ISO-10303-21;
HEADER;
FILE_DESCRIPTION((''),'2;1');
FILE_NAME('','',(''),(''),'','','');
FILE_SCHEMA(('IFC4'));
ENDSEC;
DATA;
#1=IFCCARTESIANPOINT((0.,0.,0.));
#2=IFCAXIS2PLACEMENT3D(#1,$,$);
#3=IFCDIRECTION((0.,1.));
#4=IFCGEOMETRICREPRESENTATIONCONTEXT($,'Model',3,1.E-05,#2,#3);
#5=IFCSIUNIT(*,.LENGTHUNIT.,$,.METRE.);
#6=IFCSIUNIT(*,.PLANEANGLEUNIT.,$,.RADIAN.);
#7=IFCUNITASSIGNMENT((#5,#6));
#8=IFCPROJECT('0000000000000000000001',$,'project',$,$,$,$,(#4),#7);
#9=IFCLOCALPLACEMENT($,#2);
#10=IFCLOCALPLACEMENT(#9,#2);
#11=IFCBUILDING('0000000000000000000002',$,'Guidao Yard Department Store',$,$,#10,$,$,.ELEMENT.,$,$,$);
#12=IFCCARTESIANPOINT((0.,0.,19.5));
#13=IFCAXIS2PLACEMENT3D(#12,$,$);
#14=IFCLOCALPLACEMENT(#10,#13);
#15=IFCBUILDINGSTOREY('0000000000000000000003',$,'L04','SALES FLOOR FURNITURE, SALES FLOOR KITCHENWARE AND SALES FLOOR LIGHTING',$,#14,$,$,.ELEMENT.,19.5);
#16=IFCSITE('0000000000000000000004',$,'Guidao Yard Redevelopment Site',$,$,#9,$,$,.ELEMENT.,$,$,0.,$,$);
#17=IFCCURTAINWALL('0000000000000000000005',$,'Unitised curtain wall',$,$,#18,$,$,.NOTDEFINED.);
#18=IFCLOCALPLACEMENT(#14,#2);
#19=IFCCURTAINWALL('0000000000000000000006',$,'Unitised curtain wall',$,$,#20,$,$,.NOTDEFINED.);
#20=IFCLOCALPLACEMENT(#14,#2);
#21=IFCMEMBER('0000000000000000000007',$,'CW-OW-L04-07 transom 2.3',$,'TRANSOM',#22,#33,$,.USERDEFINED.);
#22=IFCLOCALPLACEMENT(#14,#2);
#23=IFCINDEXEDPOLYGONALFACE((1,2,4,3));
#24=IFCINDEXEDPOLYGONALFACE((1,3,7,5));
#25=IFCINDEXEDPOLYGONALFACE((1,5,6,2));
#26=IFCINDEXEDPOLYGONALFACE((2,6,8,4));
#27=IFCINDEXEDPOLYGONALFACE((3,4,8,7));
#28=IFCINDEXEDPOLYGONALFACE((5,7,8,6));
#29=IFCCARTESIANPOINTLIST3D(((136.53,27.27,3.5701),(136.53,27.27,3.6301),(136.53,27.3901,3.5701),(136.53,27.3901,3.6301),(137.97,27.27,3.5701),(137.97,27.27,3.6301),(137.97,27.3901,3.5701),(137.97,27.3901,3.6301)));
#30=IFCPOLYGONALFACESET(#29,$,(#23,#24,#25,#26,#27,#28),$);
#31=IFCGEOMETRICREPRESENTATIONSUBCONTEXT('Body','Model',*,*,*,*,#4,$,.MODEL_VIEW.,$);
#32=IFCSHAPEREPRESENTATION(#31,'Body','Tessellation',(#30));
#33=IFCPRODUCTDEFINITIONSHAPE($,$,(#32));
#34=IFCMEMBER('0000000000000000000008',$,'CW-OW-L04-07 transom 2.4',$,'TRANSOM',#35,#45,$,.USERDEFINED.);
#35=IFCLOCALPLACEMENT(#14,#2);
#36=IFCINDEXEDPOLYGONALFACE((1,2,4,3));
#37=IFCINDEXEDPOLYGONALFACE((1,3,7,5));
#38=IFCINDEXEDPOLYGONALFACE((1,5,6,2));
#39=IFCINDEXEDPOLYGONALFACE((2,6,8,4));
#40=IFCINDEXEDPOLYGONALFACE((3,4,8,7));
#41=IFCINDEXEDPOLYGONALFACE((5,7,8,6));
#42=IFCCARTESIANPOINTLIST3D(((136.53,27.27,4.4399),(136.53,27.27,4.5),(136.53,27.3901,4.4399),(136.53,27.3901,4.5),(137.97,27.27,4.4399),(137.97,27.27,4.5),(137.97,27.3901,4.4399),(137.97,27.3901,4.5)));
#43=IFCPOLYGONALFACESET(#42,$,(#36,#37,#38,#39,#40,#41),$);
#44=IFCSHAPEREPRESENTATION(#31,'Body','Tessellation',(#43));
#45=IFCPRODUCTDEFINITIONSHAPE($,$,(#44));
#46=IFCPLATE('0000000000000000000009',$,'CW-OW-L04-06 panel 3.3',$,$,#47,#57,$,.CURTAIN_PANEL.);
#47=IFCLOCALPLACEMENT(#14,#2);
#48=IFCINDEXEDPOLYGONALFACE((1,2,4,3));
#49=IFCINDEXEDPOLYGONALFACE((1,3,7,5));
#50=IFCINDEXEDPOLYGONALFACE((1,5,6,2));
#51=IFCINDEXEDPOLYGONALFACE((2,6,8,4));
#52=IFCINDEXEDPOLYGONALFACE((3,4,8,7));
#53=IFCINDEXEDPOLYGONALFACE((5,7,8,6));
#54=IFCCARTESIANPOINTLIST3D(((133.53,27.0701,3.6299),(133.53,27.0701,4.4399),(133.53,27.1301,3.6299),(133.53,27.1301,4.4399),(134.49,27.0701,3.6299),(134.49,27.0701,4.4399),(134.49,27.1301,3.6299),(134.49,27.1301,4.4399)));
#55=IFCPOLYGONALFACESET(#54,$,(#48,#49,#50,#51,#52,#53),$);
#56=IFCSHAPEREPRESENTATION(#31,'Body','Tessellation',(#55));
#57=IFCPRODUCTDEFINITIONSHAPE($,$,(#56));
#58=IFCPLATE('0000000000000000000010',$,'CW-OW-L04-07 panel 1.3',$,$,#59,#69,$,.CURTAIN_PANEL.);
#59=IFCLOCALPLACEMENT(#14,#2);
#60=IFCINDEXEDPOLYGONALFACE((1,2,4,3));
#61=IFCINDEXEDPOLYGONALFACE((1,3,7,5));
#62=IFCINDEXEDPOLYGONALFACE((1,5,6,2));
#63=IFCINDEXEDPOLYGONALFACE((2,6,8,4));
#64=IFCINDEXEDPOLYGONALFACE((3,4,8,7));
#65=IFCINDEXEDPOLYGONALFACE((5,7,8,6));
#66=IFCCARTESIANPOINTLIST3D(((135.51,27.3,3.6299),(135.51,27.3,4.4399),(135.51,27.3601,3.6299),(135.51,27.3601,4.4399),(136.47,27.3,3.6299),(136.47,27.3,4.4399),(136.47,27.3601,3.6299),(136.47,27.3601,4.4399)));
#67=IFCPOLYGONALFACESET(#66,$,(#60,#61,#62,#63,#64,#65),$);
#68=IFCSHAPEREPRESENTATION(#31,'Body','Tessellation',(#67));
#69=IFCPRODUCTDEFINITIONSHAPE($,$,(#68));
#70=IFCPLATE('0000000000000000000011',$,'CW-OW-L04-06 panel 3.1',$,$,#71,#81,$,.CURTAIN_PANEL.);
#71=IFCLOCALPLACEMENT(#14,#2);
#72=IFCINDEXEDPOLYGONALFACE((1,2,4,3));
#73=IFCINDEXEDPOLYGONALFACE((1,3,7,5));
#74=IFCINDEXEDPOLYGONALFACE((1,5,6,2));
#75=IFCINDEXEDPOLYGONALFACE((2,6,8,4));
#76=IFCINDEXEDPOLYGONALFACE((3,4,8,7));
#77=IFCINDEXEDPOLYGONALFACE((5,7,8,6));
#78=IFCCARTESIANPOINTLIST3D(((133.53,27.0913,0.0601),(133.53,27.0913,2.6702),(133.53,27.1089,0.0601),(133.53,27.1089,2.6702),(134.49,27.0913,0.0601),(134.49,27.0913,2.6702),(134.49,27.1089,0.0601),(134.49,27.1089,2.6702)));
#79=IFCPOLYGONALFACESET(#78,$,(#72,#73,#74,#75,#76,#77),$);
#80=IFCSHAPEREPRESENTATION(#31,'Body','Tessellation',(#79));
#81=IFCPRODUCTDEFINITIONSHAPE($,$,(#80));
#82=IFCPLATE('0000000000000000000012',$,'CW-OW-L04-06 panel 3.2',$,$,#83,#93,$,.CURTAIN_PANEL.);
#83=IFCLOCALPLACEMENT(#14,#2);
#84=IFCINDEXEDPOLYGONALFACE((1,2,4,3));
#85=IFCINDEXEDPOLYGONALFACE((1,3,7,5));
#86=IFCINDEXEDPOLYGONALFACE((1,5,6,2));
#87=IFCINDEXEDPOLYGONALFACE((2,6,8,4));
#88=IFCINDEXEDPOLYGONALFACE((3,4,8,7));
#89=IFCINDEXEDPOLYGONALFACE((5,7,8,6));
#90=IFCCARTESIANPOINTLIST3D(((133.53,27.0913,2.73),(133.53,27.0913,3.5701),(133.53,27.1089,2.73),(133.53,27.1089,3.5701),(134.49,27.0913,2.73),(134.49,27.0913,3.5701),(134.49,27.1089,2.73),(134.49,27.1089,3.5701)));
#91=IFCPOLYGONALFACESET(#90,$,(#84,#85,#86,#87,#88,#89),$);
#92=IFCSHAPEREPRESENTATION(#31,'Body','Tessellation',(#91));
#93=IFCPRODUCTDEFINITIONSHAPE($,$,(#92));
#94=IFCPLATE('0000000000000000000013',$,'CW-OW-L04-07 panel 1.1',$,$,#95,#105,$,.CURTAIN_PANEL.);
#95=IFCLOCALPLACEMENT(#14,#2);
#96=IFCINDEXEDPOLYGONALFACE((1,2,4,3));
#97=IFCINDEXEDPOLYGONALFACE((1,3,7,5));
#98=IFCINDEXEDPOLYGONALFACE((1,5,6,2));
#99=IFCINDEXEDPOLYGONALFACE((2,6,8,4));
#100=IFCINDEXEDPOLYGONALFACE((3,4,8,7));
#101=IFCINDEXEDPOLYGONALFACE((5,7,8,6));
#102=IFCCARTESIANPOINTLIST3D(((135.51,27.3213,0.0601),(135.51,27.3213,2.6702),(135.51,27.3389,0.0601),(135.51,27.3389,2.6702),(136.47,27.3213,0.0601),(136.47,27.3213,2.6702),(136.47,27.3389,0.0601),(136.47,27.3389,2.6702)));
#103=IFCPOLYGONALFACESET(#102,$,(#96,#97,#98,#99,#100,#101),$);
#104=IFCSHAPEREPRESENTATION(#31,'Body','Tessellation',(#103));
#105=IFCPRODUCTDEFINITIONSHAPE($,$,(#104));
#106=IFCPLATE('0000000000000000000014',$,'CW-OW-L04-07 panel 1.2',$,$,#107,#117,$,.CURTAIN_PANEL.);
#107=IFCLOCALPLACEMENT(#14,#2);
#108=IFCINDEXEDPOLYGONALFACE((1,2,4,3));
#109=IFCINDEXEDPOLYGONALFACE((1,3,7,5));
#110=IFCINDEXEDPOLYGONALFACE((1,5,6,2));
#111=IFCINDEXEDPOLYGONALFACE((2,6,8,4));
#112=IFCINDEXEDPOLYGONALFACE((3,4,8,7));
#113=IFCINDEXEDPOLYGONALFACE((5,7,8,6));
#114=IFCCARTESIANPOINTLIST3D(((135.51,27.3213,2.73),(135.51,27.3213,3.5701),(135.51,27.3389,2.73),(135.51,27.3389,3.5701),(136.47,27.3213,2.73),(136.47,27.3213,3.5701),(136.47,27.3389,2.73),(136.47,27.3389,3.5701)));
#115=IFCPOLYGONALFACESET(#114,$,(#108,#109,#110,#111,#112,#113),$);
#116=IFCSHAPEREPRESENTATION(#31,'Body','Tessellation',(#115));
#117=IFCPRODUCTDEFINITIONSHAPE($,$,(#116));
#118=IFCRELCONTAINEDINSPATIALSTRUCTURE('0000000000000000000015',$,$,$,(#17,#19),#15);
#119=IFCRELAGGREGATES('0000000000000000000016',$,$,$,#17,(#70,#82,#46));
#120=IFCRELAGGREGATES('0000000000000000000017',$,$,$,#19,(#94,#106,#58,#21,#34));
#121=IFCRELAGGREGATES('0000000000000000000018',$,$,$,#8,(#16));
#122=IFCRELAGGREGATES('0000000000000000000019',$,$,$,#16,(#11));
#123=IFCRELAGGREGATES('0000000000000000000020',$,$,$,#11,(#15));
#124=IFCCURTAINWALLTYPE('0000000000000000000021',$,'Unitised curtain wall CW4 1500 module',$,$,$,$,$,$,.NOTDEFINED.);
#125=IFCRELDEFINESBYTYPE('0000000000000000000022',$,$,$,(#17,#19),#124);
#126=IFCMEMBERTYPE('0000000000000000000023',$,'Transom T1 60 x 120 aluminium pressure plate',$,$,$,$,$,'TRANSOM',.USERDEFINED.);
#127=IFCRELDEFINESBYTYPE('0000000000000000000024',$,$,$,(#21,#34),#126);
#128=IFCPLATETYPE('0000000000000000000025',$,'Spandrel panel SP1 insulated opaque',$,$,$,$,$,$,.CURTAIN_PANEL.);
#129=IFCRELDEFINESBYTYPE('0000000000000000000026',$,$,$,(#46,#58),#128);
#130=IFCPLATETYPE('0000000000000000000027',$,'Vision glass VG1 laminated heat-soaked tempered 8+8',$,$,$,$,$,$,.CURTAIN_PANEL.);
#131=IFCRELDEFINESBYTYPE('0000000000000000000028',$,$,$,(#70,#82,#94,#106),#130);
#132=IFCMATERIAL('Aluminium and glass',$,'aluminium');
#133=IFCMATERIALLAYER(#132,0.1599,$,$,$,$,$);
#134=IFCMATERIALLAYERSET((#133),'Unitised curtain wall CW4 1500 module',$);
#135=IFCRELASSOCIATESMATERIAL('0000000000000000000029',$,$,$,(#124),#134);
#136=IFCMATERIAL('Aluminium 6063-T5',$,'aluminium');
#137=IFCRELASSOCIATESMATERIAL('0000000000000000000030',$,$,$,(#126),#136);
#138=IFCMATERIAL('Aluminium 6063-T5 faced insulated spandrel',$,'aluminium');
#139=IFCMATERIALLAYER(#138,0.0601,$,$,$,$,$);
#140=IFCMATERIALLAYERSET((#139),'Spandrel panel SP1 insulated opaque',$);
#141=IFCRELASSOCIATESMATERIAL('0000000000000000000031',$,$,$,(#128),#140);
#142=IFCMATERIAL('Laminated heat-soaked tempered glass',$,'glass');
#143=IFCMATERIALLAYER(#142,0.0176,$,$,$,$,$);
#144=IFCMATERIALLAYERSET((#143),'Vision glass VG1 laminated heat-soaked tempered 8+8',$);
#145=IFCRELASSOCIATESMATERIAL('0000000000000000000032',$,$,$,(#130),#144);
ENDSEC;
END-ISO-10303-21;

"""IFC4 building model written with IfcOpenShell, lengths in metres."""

from ifc_helpers import new_model, si_unit, direction, frame, origin, origin_2d, place, context, subcontext, project, spatial, rectangle, extrude, material, layer, layer_set, material_profile, profile_set, type_object, element, aggregate, save


model = new_model("IFC4")

# Units and contexts
model_context = context("Model", 3, precision=1e-05, world=origin(), true_north=direction((0.0, 1.0)))
body_context = subcontext(model_context, "Body", "Model", "MODEL_VIEW")
ifc_project = project(units=[si_unit("LENGTHUNIT", "METRE"), si_unit("PLANEANGLEUNIT", "RADIAN")], contexts=[model_context])

# Site, building, storey
site_placement = place(None, origin())
site = spatial("IfcSite", under=ifc_project, at=site_placement, Name="Guidao Yard Redevelopment Site", CompositionType="ELEMENT", RefElevation=0.0)
building_placement = place(site_placement, origin())
building = spatial("IfcBuilding", under=site, at=building_placement, Name="Guidao Yard Department Store", CompositionType="ELEMENT")
storey_placement = place(building_placement, frame((0.0, 0.0, 19.5)))
storey = spatial("IfcBuildingStorey", under=building, at=storey_placement, Name="L04", Description="SALES FLOOR FURNITURE, SALES FLOOR KITCHENWARE AND SALES FLOOR LIGHTING", CompositionType="ELEMENT", Elevation=19.5)

# Curtain wall
ifc_material_1 = material(Name="Aluminium and glass", Category="aluminium")
ifc_layer_1 = layer(ifc_material_1, 0.1599)
ifc_layer_set_1 = layer_set([ifc_layer_1], Name="Unitised curtain wall CW4 1500 module")
curtain_wall_type = type_object("IfcCurtainWallType", Name="Unitised curtain wall CW4 1500 module", PredefinedType="NOTDEFINED", material=ifc_layer_set_1)
curtain_wall_1_placement = place(storey_placement, origin())
curtain_wall_1 = element("IfcCurtainWall", 1, at=curtain_wall_1_placement, inside=storey, type_object=curtain_wall_type, Name="Unitised curtain wall", PredefinedType="NOTDEFINED")

# Curtain wall
curtain_wall_2_placement = place(storey_placement, origin())
curtain_wall_2 = element("IfcCurtainWall", 2, at=curtain_wall_2_placement, inside=storey, type_object=curtain_wall_type, Name="Unitised curtain wall", PredefinedType="NOTDEFINED")

# Members
ifc_material_2 = material(Name="Aluminium 6063-T5", Category="aluminium")
ifc_material_profile_1 = material_profile(ifc_material_2, rectangle(XDim=0.1201, YDim=0.0601, at=origin_2d()), Name="Transom T1 60 x 120 aluminium pressure plate")
ifc_profile_set_1 = profile_set([ifc_material_profile_1], Name="Aluminium 6063-T5")
member_type_1 = type_object("IfcMemberType", Name="Transom T1 60 x 120 aluminium pressure plate", ElementType="TRANSOM", PredefinedType="USERDEFINED", material=ifc_profile_set_1)
member_1_placement = place(storey_placement, frame((136.53, 27.3301, 3.6001), z_axis=(1.0, 0.0, 0.0), x_axis=(0.0, 1.0, 0.0)))
member_1 = element("IfcMember", 3, at=member_1_placement, type_object=member_type_1, Name="CW-OW-L04-07 transom 2.3", ObjectType="TRANSOM", PredefinedType="USERDEFINED", context=body_context, shape_type="SweptSolid", body=[
    extrude(rectangle(XDim=0.1201, YDim=0.0601, at=origin_2d()), origin(), (0.0, 0.0, 1.0), 1.4399),
])
member_2_placement = place(storey_placement, frame((136.53, 27.3301, 4.47), z_axis=(1.0, 0.0, 0.0), x_axis=(0.0, 1.0, 0.0)))
member_2 = element("IfcMember", 4, at=member_2_placement, type_object=member_type_1, Name="CW-OW-L04-07 transom 2.4", ObjectType="TRANSOM", PredefinedType="USERDEFINED", context=body_context, shape_type="SweptSolid", body=[
    extrude(rectangle(XDim=0.1201, YDim=0.0601, at=origin_2d()), origin(), (0.0, 0.0, 1.0), 1.4399),
])

# Plates
ifc_material_3 = material(Name="Aluminium 6063-T5 faced insulated spandrel", Category="aluminium")
ifc_layer_2 = layer(ifc_material_3, 0.0601)
ifc_layer_set_2 = layer_set([ifc_layer_2], Name="Spandrel panel SP1 insulated opaque")
plate_type_1 = type_object("IfcPlateType", Name="Spandrel panel SP1 insulated opaque", PredefinedType="CURTAIN_PANEL", material=ifc_layer_set_2)
plate_1_placement = place(storey_placement, frame((134.01, 27.1001, 3.6299), z_axis=(0.0, 0.0, 1.0), x_axis=(1.0, 0.0, 0.0)))
plate_1 = element("IfcPlate", 5, at=plate_1_placement, type_object=plate_type_1, Name="CW-OW-L04-06 panel 3.3", PredefinedType="CURTAIN_PANEL", context=body_context, shape_type="SweptSolid", body=[
    extrude(rectangle(XDim=0.96, YDim=0.0601, at=origin_2d()), origin(), (0.0, 0.0, 1.0), 0.8101),
])
plate_2_placement = place(storey_placement, frame((135.99, 27.3301, 3.6299), z_axis=(0.0, 0.0, 1.0), x_axis=(1.0, 0.0, 0.0)))
plate_2 = element("IfcPlate", 6, at=plate_2_placement, type_object=plate_type_1, Name="CW-OW-L04-07 panel 1.3", PredefinedType="CURTAIN_PANEL", context=body_context, shape_type="SweptSolid", body=[
    extrude(rectangle(XDim=0.96, YDim=0.0601, at=origin_2d()), origin(), (0.0, 0.0, 1.0), 0.8101),
])
ifc_material_4 = material(Name="Laminated heat-soaked tempered glass", Category="glass")
ifc_layer_3 = layer(ifc_material_4, 0.0176)
ifc_layer_set_3 = layer_set([ifc_layer_3], Name="Vision glass VG1 laminated heat-soaked tempered 8+8")
plate_type_2 = type_object("IfcPlateType", Name="Vision glass VG1 laminated heat-soaked tempered 8+8", PredefinedType="CURTAIN_PANEL", material=ifc_layer_set_3)
plate_3_placement = place(storey_placement, frame((134.01, 27.1001, 0.0601), z_axis=(0.0, 0.0, 1.0), x_axis=(1.0, 0.0, 0.0)))
plate_3 = element("IfcPlate", 7, at=plate_3_placement, type_object=plate_type_2, Name="CW-OW-L04-06 panel 3.1", PredefinedType="CURTAIN_PANEL", context=body_context, shape_type="SweptSolid", body=[
    extrude(rectangle(XDim=0.96, YDim=0.0176, at=origin_2d()), origin(), (0.0, 0.0, 1.0), 2.6101),
])
plate_4_placement = place(storey_placement, frame((134.01, 27.1001, 2.73), z_axis=(0.0, 0.0, 1.0), x_axis=(1.0, 0.0, 0.0)))
plate_4 = element("IfcPlate", 8, at=plate_4_placement, type_object=plate_type_2, Name="CW-OW-L04-06 panel 3.2", PredefinedType="CURTAIN_PANEL", context=body_context, shape_type="SweptSolid", body=[
    extrude(rectangle(XDim=0.96, YDim=0.0176, at=origin_2d()), origin(), (0.0, 0.0, 1.0), 0.8401),
])
aggregate(curtain_wall_1, [plate_3, plate_4, plate_1])
plate_5_placement = place(storey_placement, frame((135.99, 27.3301, 0.0601), z_axis=(0.0, 0.0, 1.0), x_axis=(1.0, 0.0, 0.0)))
plate_5 = element("IfcPlate", 9, at=plate_5_placement, type_object=plate_type_2, Name="CW-OW-L04-07 panel 1.1", PredefinedType="CURTAIN_PANEL", context=body_context, shape_type="SweptSolid", body=[
    extrude(rectangle(XDim=0.96, YDim=0.0176, at=origin_2d()), origin(), (0.0, 0.0, 1.0), 2.6101),
])
plate_6_placement = place(storey_placement, frame((135.99, 27.3301, 2.73), z_axis=(0.0, 0.0, 1.0), x_axis=(1.0, 0.0, 0.0)))
plate_6 = element("IfcPlate", 10, at=plate_6_placement, type_object=plate_type_2, Name="CW-OW-L04-07 panel 1.2", PredefinedType="CURTAIN_PANEL", context=body_context, shape_type="SweptSolid", body=[
    extrude(rectangle(XDim=0.96, YDim=0.0176, at=origin_2d()), origin(), (0.0, 0.0, 1.0), 0.8401),
])
aggregate(curtain_wall_2, [plate_5, plate_6, plate_2, member_1, member_2])

save(model, "model.ifc")
